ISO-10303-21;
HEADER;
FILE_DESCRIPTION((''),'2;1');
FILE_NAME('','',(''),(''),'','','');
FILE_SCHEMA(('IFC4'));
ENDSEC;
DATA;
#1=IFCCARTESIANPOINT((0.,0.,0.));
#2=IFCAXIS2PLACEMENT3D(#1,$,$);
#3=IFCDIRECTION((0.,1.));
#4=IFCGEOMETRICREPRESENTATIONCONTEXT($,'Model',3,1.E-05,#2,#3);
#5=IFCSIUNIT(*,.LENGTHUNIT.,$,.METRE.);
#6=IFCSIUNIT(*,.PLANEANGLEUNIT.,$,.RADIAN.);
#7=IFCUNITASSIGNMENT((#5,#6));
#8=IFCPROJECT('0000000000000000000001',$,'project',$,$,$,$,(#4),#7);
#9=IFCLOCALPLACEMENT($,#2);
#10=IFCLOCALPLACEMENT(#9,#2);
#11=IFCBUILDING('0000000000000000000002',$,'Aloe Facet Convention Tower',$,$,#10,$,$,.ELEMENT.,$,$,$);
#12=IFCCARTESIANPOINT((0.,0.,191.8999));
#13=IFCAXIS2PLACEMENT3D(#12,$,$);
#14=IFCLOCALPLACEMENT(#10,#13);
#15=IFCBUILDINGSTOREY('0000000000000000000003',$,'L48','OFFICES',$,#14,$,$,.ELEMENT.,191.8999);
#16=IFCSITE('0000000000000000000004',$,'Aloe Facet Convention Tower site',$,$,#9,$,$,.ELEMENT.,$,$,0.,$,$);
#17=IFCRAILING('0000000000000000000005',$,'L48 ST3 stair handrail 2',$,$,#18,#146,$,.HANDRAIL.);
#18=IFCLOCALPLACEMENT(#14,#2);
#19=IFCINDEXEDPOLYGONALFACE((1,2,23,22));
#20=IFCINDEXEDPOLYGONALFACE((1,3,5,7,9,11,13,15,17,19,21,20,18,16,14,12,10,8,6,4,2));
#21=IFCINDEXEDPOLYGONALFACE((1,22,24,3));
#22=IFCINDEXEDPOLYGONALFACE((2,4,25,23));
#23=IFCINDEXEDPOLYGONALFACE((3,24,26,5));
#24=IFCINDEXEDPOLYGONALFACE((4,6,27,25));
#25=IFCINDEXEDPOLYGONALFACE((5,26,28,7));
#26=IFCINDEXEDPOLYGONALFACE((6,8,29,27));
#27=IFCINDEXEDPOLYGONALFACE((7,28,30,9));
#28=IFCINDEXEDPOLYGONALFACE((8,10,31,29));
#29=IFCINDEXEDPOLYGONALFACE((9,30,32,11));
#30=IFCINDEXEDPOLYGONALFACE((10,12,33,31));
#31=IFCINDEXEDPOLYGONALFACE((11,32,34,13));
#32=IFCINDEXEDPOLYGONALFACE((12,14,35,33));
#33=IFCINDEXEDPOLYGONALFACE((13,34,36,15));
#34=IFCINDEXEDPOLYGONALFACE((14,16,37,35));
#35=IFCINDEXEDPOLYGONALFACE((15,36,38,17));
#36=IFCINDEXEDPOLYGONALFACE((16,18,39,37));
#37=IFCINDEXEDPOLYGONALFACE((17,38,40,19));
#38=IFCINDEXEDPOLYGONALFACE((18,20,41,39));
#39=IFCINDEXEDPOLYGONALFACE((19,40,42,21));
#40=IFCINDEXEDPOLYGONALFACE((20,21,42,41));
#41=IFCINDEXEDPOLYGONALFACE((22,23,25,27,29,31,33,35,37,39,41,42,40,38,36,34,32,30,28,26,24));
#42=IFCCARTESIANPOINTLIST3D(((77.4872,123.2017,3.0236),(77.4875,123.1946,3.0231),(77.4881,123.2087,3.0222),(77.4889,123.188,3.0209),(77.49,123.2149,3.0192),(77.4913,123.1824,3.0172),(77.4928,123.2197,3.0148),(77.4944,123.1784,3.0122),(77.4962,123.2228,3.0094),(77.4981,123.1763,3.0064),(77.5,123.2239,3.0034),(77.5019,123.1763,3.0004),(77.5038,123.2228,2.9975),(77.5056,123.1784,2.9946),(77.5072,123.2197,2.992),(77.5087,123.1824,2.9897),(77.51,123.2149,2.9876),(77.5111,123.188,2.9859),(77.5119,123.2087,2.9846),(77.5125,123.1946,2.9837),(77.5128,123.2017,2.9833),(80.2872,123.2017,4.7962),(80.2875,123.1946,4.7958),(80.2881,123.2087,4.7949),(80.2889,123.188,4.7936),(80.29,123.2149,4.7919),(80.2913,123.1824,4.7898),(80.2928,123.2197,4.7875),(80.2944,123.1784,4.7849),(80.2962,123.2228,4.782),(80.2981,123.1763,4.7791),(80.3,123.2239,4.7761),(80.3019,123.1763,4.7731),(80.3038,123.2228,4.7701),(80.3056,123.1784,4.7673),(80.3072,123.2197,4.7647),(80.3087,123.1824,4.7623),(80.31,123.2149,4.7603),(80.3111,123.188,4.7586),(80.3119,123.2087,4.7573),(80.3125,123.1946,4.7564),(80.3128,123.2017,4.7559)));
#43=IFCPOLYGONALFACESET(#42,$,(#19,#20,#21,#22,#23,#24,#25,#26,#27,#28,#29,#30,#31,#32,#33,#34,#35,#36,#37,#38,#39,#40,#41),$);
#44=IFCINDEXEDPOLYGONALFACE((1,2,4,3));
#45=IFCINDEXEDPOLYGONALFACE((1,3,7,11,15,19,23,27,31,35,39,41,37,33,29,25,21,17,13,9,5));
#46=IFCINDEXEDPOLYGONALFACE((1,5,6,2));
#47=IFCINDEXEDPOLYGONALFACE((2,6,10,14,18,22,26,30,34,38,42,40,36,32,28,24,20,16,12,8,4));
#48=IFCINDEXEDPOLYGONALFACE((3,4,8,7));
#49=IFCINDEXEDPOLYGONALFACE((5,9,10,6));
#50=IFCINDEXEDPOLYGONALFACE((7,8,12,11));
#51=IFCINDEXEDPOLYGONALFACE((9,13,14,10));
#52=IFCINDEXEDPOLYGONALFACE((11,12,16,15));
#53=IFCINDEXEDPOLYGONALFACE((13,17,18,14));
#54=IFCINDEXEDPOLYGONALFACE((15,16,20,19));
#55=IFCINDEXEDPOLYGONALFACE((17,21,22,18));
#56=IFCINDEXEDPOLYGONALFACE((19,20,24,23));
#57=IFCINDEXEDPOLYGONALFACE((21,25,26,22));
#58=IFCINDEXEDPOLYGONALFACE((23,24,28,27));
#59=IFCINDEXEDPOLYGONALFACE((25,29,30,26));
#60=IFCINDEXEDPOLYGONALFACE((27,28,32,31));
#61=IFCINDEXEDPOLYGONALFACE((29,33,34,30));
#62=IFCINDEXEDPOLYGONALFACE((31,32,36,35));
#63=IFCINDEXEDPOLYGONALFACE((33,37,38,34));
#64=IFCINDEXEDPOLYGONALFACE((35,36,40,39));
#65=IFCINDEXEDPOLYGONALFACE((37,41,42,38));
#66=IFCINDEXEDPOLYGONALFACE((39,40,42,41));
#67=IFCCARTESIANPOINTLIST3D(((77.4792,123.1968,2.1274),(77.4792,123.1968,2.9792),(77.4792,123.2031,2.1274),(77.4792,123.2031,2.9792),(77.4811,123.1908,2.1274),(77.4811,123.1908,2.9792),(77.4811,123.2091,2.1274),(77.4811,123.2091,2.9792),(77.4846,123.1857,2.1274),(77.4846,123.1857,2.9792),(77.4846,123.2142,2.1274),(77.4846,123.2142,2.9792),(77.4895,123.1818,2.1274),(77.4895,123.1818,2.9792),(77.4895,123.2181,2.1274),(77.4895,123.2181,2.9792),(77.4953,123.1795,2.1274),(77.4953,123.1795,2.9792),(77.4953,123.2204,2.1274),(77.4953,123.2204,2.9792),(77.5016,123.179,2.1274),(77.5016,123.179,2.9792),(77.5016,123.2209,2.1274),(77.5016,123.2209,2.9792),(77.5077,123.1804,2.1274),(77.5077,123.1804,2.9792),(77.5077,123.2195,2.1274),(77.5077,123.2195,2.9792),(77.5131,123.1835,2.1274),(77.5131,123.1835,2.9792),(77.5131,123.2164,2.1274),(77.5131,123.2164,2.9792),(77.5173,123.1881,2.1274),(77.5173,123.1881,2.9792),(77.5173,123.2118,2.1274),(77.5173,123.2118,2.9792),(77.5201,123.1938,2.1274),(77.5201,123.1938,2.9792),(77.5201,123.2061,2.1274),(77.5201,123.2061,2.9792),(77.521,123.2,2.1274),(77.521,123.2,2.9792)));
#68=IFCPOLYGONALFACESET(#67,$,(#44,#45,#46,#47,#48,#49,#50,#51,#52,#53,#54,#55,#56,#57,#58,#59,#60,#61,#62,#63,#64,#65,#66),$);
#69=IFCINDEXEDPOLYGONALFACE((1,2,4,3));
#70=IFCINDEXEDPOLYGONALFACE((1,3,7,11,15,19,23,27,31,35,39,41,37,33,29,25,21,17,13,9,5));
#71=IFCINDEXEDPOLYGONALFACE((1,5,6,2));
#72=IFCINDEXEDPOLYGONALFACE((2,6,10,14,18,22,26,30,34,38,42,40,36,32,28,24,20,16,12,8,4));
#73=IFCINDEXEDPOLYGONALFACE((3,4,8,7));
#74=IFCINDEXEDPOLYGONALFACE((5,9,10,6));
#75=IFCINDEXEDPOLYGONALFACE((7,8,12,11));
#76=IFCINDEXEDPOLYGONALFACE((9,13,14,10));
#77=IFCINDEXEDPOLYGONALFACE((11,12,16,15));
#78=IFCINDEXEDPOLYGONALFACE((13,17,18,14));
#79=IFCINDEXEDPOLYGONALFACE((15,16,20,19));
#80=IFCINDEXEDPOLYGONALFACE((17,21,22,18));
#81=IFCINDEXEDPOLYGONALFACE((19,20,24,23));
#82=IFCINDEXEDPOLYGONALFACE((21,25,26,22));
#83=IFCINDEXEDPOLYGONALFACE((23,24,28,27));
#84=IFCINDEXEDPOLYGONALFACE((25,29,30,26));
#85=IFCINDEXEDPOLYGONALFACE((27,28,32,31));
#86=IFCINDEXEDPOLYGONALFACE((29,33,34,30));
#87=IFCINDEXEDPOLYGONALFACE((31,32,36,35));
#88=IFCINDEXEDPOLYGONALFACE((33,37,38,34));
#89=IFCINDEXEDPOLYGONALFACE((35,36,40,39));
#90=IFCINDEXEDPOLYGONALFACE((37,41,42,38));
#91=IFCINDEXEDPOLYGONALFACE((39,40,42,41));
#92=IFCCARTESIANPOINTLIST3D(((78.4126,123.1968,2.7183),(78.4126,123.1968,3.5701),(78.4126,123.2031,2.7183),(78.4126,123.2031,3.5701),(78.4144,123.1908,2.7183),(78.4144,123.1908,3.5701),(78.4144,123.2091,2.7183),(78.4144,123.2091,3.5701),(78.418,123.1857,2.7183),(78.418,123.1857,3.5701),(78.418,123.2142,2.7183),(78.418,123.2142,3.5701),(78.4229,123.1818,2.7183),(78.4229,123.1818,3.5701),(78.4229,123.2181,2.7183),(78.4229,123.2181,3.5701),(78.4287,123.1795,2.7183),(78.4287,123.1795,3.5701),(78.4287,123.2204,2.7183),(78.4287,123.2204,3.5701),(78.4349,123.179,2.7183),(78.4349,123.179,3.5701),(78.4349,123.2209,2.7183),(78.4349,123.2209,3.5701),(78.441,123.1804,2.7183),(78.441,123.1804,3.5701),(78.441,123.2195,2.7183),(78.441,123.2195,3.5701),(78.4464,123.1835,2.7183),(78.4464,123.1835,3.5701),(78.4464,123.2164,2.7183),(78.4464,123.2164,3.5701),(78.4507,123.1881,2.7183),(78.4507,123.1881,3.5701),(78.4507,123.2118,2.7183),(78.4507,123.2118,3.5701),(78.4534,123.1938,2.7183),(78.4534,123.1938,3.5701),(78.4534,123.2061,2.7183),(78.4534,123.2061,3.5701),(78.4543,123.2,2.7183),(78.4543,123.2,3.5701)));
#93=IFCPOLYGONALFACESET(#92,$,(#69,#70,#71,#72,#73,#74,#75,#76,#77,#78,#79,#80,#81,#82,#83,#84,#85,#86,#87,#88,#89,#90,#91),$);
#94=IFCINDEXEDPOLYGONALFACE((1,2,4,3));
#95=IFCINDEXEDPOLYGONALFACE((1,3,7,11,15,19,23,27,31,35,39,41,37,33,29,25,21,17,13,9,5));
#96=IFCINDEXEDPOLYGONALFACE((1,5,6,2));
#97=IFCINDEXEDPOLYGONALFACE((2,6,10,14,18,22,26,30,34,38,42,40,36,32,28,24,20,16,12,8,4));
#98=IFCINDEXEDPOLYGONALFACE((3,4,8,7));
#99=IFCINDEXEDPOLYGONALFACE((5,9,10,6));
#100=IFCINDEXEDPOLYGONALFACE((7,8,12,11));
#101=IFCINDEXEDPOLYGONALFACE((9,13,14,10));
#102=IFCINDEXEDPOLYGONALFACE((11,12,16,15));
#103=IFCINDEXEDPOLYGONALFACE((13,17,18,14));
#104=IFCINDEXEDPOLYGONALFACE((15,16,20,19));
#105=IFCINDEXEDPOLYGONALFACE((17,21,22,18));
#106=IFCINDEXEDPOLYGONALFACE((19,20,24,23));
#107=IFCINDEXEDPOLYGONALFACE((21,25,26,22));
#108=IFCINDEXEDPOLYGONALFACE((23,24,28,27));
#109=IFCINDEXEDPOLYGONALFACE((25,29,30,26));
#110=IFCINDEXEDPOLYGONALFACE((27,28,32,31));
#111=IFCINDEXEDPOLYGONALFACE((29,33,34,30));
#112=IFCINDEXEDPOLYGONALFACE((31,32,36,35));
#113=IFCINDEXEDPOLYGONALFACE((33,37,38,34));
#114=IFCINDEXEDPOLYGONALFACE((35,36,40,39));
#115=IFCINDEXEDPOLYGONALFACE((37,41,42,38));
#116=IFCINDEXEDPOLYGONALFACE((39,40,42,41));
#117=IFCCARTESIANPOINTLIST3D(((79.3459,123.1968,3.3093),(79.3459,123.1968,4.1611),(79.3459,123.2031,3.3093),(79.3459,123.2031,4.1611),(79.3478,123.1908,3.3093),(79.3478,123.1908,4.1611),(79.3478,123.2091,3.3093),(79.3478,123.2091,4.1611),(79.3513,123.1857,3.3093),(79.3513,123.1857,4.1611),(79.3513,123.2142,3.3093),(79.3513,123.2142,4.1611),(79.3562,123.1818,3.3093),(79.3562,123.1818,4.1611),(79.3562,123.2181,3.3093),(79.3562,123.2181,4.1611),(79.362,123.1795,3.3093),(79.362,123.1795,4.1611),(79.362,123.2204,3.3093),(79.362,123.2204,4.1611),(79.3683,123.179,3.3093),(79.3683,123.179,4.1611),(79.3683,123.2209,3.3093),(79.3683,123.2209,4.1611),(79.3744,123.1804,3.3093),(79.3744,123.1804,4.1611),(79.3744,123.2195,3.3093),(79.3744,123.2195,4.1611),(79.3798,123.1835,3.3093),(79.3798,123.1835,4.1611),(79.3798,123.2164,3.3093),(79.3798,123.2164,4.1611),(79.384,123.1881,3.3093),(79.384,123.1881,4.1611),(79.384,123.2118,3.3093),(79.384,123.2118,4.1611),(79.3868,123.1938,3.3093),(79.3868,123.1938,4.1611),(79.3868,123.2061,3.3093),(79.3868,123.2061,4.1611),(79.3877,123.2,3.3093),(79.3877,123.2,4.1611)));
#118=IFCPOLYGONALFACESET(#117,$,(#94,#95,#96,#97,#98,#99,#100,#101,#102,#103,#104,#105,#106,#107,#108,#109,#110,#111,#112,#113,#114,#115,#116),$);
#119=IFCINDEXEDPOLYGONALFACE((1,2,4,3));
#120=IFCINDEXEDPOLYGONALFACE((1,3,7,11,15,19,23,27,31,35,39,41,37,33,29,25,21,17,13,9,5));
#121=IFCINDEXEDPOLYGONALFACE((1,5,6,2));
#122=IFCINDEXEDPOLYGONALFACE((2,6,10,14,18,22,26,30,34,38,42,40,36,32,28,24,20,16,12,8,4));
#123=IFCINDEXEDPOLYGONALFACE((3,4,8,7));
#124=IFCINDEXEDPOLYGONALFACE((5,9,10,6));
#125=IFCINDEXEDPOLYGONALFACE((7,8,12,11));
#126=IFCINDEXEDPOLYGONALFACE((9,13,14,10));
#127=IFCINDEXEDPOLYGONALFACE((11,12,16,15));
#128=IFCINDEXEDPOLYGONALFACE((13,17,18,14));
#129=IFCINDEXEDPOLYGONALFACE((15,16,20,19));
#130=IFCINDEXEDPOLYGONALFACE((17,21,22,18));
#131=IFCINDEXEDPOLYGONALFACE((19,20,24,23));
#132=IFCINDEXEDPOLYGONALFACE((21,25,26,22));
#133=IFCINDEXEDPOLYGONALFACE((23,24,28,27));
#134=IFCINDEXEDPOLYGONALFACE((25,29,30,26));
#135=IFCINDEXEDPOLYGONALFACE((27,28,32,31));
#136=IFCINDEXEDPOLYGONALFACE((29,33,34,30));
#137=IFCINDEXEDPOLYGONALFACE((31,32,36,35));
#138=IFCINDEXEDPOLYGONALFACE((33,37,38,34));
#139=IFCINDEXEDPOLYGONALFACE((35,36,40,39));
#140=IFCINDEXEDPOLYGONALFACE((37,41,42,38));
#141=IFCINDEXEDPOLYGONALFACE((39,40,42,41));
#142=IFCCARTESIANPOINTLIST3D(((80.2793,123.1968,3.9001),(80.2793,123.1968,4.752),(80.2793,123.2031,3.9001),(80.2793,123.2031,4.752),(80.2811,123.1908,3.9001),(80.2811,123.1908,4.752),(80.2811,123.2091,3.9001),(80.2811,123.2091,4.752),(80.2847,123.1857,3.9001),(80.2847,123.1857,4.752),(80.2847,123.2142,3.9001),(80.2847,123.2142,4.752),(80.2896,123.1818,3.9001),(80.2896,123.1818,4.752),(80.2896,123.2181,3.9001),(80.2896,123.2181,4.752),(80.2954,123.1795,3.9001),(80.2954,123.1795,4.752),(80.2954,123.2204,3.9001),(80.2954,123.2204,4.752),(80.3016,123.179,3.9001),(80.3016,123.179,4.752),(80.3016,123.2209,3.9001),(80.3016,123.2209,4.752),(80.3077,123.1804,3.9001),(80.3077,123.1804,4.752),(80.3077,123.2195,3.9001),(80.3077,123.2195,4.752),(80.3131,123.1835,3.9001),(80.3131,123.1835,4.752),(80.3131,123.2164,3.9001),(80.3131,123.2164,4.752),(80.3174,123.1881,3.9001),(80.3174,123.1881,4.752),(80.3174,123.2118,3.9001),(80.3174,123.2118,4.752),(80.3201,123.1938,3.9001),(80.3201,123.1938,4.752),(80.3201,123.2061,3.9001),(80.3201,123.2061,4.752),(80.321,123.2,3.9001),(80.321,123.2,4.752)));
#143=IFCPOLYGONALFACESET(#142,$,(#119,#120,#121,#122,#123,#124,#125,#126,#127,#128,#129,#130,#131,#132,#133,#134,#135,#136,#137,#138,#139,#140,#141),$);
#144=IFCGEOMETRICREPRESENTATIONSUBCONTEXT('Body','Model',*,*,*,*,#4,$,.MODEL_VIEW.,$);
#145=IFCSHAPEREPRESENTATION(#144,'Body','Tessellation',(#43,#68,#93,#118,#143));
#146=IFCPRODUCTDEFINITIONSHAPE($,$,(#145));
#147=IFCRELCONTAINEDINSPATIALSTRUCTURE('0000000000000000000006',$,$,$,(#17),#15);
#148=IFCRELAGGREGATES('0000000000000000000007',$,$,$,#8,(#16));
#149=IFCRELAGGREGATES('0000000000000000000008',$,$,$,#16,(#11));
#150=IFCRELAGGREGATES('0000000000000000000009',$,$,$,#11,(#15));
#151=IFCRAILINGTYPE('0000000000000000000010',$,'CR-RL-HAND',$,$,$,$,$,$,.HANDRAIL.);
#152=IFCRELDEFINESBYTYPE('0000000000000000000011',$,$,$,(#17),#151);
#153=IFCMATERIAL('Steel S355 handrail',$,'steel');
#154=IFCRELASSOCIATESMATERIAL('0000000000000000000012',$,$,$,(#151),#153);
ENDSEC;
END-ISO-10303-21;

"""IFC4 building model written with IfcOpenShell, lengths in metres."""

from ifc_helpers import new_model, si_unit, direction, frame, origin, origin_2d, place, context, subcontext, project, spatial, circle, extrude, material, type_object, element, save


model = new_model("IFC4")

# Units and contexts
model_context = context("Model", 3, precision=1e-05, world=origin(), true_north=direction((0.0, 1.0)))
body_context = subcontext(model_context, "Body", "Model", "MODEL_VIEW")
ifc_project = project(units=[si_unit("LENGTHUNIT", "METRE"), si_unit("PLANEANGLEUNIT", "RADIAN")], contexts=[model_context])

# Site, building, storey
site_placement = place(None, origin())
site = spatial("IfcSite", under=ifc_project, at=site_placement, Name="Aloe Facet Convention Tower site", CompositionType="ELEMENT", RefElevation=0.0)
building_placement = place(site_placement, origin())
building = spatial("IfcBuilding", under=site, at=building_placement, Name="Aloe Facet Convention Tower", CompositionType="ELEMENT")
storey_placement = place(building_placement, frame((0.0, 0.0, 191.8999)))
storey = spatial("IfcBuildingStorey", under=building, at=storey_placement, Name="L48", Description="OFFICES", CompositionType="ELEMENT", Elevation=191.8999)

# Railing
ifc_material_1 = material(Name="Steel S355 handrail", Category="steel")
railing_type = type_object("IfcRailingType", Name="CR-RL-HAND", PredefinedType="HANDRAIL", material=ifc_material_1)
railing_placement = place(storey_placement, frame((77.5, 123.2, 2.1274)))
element("IfcRailing", 1, at=railing_placement, inside=storey, type_object=railing_type, Name="L48 ST3 stair handrail 2", PredefinedType="HANDRAIL", context=body_context, shape_type="SweptSolid", body=[
    extrude(circle(Radius=0.0239, at=origin_2d()), frame((0.0, 0.0, 0.876), z_axis=(0.844909, 0.0, 0.53491), x_axis=(0.0, 1.0, 0.0)), (0.0, 0.0, 1.0), 3.314),
    extrude(circle(Radius=0.021, at=origin_2d()), origin(), (0.0, 0.0, 1.0), 0.8518),
    extrude(circle(Radius=0.021, at=origin_2d()), frame((0.9333, 0.0, 0.5908)), (0.0, 0.0, 1.0), 0.8518),
    extrude(circle(Radius=0.021, at=origin_2d()), frame((1.8667, 0.0, 1.1819)), (0.0, 0.0, 1.0), 0.8518),
    extrude(circle(Radius=0.021, at=origin_2d()), frame((2.8, 0.0, 1.7727)), (0.0, 0.0, 1.0), 0.8518),
])

save(model, "model.ifc")
